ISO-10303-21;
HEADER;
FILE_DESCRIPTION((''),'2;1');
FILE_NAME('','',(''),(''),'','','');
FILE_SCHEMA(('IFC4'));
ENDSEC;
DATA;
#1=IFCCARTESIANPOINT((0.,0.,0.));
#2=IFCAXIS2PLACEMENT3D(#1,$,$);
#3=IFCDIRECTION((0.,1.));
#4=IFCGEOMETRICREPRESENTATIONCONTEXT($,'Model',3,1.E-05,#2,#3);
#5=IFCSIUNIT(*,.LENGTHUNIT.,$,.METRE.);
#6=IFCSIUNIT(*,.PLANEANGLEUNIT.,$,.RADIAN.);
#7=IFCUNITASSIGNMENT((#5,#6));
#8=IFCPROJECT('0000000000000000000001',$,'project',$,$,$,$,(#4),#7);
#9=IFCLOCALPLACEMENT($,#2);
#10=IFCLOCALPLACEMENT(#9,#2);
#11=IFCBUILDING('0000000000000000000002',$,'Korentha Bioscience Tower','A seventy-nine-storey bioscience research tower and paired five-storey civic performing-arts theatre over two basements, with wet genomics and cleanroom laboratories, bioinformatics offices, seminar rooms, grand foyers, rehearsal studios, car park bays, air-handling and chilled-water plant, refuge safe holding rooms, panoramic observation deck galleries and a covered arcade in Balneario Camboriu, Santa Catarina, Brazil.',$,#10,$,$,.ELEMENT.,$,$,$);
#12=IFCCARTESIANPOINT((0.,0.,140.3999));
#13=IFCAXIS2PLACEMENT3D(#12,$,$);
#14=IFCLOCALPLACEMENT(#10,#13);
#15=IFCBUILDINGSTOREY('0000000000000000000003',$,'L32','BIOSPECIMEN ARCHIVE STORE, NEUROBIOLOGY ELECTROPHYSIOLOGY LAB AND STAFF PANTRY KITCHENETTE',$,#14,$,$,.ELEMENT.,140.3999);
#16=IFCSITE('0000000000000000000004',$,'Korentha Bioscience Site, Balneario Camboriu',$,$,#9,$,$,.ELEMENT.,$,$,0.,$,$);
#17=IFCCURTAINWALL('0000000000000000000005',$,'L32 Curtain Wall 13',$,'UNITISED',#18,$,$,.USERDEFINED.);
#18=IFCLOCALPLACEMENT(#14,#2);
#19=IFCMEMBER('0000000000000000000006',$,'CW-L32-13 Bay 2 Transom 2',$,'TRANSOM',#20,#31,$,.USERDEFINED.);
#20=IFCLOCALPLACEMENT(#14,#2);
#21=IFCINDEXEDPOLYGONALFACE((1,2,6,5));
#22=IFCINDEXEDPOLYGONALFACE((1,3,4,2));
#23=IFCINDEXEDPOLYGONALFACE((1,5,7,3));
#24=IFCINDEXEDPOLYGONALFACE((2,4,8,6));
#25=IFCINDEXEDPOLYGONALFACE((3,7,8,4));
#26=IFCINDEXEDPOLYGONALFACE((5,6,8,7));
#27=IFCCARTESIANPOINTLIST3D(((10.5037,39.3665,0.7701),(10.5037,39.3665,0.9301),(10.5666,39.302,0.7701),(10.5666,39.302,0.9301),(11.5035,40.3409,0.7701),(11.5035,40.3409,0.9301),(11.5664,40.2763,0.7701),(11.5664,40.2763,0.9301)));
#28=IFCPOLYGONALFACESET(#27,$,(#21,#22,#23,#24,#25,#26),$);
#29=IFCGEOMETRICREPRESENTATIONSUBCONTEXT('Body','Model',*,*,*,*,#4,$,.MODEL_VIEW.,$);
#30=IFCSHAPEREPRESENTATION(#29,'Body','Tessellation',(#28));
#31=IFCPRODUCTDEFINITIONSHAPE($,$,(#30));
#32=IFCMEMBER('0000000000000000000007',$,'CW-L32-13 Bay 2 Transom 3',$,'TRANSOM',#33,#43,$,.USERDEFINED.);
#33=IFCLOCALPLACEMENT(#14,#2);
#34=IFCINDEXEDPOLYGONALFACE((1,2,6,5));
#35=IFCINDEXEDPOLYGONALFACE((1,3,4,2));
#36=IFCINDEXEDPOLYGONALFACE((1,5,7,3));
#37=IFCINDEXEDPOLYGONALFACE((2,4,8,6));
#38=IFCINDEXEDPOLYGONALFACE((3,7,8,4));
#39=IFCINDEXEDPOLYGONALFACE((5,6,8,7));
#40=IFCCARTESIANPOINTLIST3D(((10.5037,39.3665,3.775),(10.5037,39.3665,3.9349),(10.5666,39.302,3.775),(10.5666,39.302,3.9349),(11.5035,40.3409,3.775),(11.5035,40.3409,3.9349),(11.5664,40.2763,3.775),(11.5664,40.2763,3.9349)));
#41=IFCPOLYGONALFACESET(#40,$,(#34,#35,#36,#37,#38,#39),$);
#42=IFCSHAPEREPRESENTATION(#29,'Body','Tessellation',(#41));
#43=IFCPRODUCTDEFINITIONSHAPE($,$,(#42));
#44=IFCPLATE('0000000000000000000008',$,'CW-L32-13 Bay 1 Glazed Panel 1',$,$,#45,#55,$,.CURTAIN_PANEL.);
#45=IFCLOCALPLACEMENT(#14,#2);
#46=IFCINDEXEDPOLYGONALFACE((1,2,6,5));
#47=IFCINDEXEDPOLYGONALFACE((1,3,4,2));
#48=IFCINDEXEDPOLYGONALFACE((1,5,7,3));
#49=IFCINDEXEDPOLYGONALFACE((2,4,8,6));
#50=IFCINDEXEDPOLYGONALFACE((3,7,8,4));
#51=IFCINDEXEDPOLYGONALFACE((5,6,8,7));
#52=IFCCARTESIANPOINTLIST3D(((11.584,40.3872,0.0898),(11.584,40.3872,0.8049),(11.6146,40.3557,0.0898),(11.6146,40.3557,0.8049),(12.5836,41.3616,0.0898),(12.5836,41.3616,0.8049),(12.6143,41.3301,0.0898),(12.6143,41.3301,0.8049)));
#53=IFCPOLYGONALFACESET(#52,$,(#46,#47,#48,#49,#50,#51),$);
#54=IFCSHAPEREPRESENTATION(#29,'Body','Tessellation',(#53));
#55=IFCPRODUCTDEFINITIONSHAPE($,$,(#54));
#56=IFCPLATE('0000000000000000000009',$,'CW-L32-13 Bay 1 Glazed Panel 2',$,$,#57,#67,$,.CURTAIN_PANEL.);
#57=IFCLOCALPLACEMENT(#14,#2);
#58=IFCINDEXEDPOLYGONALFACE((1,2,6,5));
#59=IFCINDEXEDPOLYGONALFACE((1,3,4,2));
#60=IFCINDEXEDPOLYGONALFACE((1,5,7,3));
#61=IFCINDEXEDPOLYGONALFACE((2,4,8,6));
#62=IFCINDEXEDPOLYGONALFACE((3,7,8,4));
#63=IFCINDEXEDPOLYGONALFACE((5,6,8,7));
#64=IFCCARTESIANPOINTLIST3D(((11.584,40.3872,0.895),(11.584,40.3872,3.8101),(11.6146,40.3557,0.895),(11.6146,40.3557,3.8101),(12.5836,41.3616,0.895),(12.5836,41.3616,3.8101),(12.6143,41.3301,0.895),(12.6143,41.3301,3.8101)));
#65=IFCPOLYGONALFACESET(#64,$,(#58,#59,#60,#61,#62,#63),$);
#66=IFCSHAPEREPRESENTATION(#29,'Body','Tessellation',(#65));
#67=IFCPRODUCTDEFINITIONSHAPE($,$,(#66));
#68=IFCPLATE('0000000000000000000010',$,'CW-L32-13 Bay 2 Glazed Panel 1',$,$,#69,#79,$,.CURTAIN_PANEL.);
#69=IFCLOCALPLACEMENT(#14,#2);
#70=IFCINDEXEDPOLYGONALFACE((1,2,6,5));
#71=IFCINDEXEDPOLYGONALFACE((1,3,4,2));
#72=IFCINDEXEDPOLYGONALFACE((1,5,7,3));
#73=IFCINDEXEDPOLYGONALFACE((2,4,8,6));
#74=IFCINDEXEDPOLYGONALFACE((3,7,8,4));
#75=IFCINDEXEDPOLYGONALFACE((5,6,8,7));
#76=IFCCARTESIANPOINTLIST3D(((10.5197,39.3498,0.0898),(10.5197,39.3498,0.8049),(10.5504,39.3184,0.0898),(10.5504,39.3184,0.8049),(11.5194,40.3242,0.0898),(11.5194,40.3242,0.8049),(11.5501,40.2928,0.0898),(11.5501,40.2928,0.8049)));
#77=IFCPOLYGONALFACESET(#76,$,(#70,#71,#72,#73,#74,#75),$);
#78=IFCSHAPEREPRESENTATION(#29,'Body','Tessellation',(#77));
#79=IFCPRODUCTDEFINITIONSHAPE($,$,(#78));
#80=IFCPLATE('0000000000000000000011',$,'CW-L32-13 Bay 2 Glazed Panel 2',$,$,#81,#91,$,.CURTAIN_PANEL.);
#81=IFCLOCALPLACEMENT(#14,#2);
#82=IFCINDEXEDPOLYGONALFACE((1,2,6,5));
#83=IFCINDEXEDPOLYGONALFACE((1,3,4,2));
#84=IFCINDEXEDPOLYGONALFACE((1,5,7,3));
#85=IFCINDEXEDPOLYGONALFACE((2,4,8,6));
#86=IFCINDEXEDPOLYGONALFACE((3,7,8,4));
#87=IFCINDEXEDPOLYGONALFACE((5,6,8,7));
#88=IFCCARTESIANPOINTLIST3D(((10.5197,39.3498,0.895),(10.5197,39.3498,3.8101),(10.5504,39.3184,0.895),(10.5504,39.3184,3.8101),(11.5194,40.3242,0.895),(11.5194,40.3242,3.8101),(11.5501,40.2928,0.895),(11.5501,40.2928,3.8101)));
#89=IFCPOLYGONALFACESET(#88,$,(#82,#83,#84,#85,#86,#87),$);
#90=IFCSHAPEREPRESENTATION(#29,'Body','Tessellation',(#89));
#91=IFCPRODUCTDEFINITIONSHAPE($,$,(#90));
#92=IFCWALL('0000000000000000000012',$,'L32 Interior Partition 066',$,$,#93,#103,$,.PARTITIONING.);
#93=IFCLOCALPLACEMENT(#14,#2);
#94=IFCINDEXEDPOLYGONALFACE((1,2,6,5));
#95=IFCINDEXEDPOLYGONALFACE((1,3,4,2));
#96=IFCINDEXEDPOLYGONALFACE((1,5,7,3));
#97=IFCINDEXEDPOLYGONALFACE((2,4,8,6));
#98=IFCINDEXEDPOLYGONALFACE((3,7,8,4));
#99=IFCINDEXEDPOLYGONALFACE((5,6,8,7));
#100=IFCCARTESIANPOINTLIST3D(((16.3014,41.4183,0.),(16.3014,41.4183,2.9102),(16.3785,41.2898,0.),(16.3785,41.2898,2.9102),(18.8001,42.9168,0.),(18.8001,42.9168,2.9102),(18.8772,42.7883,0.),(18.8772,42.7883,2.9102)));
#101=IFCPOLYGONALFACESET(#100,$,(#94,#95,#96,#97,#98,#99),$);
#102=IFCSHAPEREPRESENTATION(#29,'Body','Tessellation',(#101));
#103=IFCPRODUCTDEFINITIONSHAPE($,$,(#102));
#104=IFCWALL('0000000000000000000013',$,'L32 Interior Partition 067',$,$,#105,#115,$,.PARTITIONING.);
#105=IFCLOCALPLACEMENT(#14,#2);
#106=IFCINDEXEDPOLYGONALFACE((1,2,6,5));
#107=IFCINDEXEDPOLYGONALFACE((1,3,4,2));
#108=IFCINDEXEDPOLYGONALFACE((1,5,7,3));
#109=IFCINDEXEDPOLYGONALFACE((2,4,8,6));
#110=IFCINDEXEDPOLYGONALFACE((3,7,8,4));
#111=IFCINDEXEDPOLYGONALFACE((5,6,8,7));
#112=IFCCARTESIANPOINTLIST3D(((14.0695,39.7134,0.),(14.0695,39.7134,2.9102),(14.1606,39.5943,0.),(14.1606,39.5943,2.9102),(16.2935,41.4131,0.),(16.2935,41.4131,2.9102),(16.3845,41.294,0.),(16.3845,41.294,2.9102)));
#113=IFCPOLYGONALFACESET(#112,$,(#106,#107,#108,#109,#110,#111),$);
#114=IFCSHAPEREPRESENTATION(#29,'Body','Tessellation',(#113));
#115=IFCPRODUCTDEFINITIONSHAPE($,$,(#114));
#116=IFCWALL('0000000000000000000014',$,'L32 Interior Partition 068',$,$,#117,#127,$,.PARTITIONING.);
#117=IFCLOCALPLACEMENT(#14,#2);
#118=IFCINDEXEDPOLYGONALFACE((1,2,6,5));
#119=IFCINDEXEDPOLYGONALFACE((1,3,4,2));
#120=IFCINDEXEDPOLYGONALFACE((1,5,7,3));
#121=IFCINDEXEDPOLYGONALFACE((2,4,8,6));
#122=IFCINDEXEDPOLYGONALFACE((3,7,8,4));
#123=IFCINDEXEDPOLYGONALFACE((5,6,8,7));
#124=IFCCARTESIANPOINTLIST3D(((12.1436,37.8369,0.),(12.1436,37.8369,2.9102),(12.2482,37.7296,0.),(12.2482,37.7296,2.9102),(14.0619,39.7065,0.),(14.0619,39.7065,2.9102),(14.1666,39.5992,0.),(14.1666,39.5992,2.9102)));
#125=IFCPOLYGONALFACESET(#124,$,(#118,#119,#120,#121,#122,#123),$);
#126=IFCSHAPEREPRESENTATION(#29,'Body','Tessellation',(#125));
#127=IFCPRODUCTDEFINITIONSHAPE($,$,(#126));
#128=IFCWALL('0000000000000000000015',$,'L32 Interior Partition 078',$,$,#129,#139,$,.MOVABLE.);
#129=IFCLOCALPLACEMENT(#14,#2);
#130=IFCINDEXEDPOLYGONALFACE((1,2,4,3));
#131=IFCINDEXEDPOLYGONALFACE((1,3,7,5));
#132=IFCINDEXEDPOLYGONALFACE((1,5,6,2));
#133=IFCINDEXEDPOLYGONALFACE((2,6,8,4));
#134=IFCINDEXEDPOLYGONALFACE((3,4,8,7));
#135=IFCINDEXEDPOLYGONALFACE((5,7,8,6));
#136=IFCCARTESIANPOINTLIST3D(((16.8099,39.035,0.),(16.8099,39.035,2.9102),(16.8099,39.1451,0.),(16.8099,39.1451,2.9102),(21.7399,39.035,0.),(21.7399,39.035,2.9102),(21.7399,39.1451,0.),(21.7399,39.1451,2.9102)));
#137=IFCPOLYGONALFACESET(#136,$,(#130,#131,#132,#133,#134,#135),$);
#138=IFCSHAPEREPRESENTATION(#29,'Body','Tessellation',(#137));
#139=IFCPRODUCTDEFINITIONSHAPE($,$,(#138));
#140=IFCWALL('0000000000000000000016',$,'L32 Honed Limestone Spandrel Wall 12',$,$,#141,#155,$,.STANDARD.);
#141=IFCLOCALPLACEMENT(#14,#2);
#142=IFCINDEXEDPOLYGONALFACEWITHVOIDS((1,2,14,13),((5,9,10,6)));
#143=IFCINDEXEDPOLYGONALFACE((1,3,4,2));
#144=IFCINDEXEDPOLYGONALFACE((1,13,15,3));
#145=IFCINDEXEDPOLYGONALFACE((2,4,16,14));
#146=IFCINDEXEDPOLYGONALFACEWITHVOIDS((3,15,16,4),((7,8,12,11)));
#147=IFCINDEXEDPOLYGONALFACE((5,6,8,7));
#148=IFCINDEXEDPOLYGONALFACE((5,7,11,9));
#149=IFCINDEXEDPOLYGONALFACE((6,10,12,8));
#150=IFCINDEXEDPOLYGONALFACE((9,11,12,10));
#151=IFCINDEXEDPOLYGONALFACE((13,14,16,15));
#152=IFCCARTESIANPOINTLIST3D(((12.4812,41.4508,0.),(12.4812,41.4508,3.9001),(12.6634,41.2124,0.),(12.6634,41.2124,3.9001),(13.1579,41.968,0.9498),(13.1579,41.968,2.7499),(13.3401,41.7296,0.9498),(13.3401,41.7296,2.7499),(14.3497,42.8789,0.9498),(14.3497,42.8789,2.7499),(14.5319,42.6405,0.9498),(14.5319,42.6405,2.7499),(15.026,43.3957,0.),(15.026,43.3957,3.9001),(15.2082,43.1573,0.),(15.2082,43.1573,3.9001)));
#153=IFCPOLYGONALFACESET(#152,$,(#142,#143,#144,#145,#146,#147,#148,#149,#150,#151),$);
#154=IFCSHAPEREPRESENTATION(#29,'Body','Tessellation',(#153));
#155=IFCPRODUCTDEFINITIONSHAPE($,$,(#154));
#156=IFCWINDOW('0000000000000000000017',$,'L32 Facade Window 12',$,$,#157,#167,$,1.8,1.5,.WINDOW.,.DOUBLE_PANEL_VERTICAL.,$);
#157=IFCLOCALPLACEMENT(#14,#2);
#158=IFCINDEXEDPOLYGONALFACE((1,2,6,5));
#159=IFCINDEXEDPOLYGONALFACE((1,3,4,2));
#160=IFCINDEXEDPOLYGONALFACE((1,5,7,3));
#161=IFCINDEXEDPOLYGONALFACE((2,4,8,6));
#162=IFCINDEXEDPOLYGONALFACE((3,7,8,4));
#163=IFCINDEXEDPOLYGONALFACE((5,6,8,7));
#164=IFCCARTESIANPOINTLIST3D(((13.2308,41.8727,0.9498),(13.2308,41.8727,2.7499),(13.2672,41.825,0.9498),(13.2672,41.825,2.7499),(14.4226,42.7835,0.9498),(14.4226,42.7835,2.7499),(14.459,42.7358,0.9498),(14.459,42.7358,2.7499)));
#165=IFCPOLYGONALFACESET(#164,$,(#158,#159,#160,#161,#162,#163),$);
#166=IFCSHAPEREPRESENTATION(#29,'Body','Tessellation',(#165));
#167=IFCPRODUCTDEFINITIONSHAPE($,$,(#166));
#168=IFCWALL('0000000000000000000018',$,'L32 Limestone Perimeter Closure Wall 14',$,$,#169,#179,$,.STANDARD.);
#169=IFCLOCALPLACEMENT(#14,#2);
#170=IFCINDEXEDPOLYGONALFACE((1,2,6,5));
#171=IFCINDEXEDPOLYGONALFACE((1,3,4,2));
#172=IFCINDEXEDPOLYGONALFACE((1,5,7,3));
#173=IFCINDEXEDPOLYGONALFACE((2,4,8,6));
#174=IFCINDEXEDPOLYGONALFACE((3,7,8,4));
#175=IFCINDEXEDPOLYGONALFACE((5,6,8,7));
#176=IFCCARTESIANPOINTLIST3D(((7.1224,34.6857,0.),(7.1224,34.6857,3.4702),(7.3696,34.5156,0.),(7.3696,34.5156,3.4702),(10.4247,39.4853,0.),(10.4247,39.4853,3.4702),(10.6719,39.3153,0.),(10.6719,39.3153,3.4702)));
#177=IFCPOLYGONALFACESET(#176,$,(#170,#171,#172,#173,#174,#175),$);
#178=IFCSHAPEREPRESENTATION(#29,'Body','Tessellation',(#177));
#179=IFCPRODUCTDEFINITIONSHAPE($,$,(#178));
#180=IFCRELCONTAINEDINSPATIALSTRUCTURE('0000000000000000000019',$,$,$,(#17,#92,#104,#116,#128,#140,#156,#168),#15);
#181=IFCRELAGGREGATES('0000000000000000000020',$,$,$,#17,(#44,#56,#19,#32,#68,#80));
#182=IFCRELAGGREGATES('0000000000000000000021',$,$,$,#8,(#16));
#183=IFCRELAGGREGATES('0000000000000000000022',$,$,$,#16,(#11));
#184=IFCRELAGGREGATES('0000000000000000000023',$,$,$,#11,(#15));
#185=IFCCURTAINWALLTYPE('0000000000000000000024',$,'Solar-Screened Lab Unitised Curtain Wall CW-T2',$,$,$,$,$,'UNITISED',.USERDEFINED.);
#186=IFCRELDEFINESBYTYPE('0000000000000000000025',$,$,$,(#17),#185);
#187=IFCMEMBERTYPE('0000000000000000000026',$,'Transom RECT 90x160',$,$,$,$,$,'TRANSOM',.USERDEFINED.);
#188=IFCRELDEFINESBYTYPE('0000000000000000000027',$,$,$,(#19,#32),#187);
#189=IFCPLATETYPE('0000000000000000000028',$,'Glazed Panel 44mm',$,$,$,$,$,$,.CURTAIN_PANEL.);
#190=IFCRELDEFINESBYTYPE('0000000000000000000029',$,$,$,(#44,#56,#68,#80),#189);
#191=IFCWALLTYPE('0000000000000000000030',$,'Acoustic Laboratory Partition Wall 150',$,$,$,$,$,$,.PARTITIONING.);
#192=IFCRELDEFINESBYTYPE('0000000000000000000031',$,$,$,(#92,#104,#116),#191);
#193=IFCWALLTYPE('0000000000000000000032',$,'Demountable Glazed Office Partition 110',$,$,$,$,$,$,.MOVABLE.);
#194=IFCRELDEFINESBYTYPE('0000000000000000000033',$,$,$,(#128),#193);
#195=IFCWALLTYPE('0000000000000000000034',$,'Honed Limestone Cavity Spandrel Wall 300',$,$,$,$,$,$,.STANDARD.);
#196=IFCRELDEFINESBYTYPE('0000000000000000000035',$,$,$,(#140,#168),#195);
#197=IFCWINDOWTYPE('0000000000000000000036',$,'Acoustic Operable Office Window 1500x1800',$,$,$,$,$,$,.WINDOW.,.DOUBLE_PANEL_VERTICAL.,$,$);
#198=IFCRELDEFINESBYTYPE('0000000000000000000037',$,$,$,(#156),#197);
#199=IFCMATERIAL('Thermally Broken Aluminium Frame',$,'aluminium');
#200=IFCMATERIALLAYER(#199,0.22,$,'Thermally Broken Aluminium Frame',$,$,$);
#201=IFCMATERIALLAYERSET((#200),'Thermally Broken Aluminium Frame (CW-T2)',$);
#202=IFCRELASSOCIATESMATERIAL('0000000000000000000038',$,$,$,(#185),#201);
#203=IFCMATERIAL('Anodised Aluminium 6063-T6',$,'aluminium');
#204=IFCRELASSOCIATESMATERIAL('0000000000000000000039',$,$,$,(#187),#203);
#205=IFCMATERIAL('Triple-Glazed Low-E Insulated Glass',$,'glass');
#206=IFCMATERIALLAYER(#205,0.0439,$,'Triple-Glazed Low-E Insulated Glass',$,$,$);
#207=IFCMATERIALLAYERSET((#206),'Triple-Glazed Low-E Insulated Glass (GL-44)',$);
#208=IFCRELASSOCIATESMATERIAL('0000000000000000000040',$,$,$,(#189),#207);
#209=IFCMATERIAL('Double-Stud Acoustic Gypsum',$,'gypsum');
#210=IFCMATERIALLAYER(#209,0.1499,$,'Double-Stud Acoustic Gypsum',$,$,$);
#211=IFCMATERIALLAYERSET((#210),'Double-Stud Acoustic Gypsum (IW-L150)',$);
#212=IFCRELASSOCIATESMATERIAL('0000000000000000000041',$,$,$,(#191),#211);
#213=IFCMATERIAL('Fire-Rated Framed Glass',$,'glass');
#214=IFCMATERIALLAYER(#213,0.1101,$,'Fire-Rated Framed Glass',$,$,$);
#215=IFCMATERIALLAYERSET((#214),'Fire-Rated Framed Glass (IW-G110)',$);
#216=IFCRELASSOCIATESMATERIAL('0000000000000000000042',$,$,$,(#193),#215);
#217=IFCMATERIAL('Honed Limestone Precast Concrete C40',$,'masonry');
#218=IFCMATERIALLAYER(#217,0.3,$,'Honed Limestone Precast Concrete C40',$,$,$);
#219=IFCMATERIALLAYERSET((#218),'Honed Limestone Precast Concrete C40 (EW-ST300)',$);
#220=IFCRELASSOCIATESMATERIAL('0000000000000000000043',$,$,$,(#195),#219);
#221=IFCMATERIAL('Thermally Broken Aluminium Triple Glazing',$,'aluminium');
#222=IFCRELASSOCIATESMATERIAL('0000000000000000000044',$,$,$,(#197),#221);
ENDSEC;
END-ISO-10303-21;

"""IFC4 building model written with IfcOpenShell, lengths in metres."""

from ifc_helpers import new_model, si_unit, direction, frame, frame_2d, origin, origin_2d, place, context, subcontext, project, spatial, rectangle, extrude, material, layer, layer_set, material_profile, profile_set, type_object, element, fill, aggregate, save


model = new_model("IFC4")

# Units and contexts
model_context = context("Model", 3, precision=1e-05, world=origin(), true_north=direction((0.0, 1.0)))
body_context = subcontext(model_context, "Body", "Model", "MODEL_VIEW")
ifc_project = project(units=[si_unit("LENGTHUNIT", "METRE"), si_unit("PLANEANGLEUNIT", "RADIAN")], contexts=[model_context])

# Site, building, storey
site_placement = place(None, origin())
site = spatial("IfcSite", under=ifc_project, at=site_placement, Name="Korentha Bioscience Site, Balneario Camboriu", CompositionType="ELEMENT", RefElevation=0.0)
building_placement = place(site_placement, origin())
building = spatial("IfcBuilding", under=site, at=building_placement, Name="Korentha Bioscience Tower", Description="A seventy-nine-storey bioscience research tower and paired five-storey civic performing-arts theatre over two basements, with wet genomics and cleanroom laboratories, bioinformatics offices, seminar rooms, grand foyers, rehearsal studios, car park bays, air-handling and chilled-water plant, refuge safe holding rooms, panoramic observation deck galleries and a covered arcade in Balneario Camboriu, Santa Catarina, Brazil.", CompositionType="ELEMENT")
storey_placement = place(building_placement, frame((0.0, 0.0, 140.3999)))
storey = spatial("IfcBuildingStorey", under=building, at=storey_placement, Name="L32", Description="BIOSPECIMEN ARCHIVE STORE, NEUROBIOLOGY ELECTROPHYSIOLOGY LAB AND STAFF PANTRY KITCHENETTE", CompositionType="ELEMENT", Elevation=140.3999)

# Curtain wall
ifc_material_1 = material(Name="Thermally Broken Aluminium Frame", Category="aluminium")
ifc_layer_1 = layer(ifc_material_1, 0.22, Name="Thermally Broken Aluminium Frame")
ifc_layer_set_1 = layer_set([ifc_layer_1], Name="Thermally Broken Aluminium Frame (CW-T2)")
curtain_wall_type = type_object("IfcCurtainWallType", Name="Solar-Screened Lab Unitised Curtain Wall CW-T2", ElementType="UNITISED", PredefinedType="USERDEFINED", material=ifc_layer_set_1)
curtain_wall_placement = place(storey_placement, origin())
curtain_wall = element("IfcCurtainWall", 1, at=curtain_wall_placement, inside=storey, type_object=curtain_wall_type, Name="L32 Curtain Wall 13", ObjectType="UNITISED", PredefinedType="USERDEFINED")
ifc_material_2 = material(Name="Anodised Aluminium 6063-T6", Category="aluminium")

# Members
ifc_material_profile_1 = material_profile(ifc_material_2, rectangle(XDim=0.0901, YDim=0.1599, at=origin_2d()), Name="Anodised Aluminium 6063-T6")
ifc_profile_set_1 = profile_set([ifc_material_profile_1], Name="Anodised Aluminium 6063-T6 (CW-TRN)")
member_type_1 = type_object("IfcMemberType", Name="Transom RECT 90x160", ElementType="TRANSOM", PredefinedType="USERDEFINED", material=ifc_profile_set_1)
member_1_placement = place(storey_placement, frame((11.5349, 40.3086, 0.8501), z_axis=(-0.716142, -0.697954, 0.0), x_axis=(0.697954, -0.716142, 0.0)))
member_1 = element("IfcMember", 2, at=member_1_placement, type_object=member_type_1, Name="CW-L32-13 Bay 2 Transom 2", ObjectType="TRANSOM", PredefinedType="USERDEFINED", context=body_context, shape_type="SweptSolid", body=[
    extrude(rectangle(XDim=0.0901, YDim=0.1599, at=origin_2d()), origin(), (0.0, 0.0, 1.0), 1.396),
])
member_2_placement = place(storey_placement, frame((11.5349, 40.3086, 3.855), z_axis=(-0.716142, -0.697954, 0.0), x_axis=(0.697954, -0.716142, 0.0)))
member_2 = element("IfcMember", 3, at=member_2_placement, type_object=member_type_1, Name="CW-L32-13 Bay 2 Transom 3", ObjectType="TRANSOM", PredefinedType="USERDEFINED", context=body_context, shape_type="SweptSolid", body=[
    extrude(rectangle(XDim=0.0901, YDim=0.1599, at=origin_2d()), origin(), (0.0, 0.0, 1.0), 1.396),
])

# Plates
ifc_material_3 = material(Name="Triple-Glazed Low-E Insulated Glass", Category="glass")
ifc_layer_2 = layer(ifc_material_3, 0.0439, Name="Triple-Glazed Low-E Insulated Glass")
ifc_layer_set_2 = layer_set([ifc_layer_2], Name="Triple-Glazed Low-E Insulated Glass (GL-44)")
plate_type = type_object("IfcPlateType", Name="Glazed Panel 44mm", PredefinedType="CURTAIN_PANEL", material=ifc_layer_set_2)
plate_1_placement = place(storey_placement, frame((12.0991, 40.8586, 0.0898), z_axis=(0.0, 0.0, 1.0), x_axis=(-0.716096, -0.698002, 0.0)))
plate_1 = element("IfcPlate", 4, at=plate_1_placement, type_object=plate_type, Name="CW-L32-13 Bay 1 Glazed Panel 1", PredefinedType="CURTAIN_PANEL", context=body_context, shape_type="SweptSolid", body=[
    extrude(rectangle(XDim=1.396, YDim=0.0439, at=origin_2d()), origin(), (0.0, 0.0, 1.0), 0.7151),
])
plate_2_placement = place(storey_placement, frame((12.0991, 40.8586, 0.895), z_axis=(0.0, 0.0, 1.0), x_axis=(-0.716096, -0.698002, 0.0)))
plate_2 = element("IfcPlate", 5, at=plate_2_placement, type_object=plate_type, Name="CW-L32-13 Bay 1 Glazed Panel 2", PredefinedType="CURTAIN_PANEL", context=body_context, shape_type="SweptSolid", body=[
    extrude(rectangle(XDim=1.396, YDim=0.0439, at=origin_2d()), origin(), (0.0, 0.0, 1.0), 2.915),
])
plate_3_placement = place(storey_placement, frame((11.0349, 39.8213, 0.0898), z_axis=(0.0, 0.0, 1.0), x_axis=(-0.716096, -0.698002, 0.0)))
plate_3 = element("IfcPlate", 6, at=plate_3_placement, type_object=plate_type, Name="CW-L32-13 Bay 2 Glazed Panel 1", PredefinedType="CURTAIN_PANEL", context=body_context, shape_type="SweptSolid", body=[
    extrude(rectangle(XDim=1.396, YDim=0.0439, at=origin_2d()), origin(), (0.0, 0.0, 1.0), 0.7151),
])
plate_4_placement = place(storey_placement, frame((11.0349, 39.8213, 0.895), z_axis=(0.0, 0.0, 1.0), x_axis=(-0.716096, -0.698002, 0.0)))
plate_4 = element("IfcPlate", 7, at=plate_4_placement, type_object=plate_type, Name="CW-L32-13 Bay 2 Glazed Panel 2", PredefinedType="CURTAIN_PANEL", context=body_context, shape_type="SweptSolid", body=[
    extrude(rectangle(XDim=1.396, YDim=0.0439, at=origin_2d()), origin(), (0.0, 0.0, 1.0), 2.915),
])
aggregate(curtain_wall, [plate_1, plate_2, member_1, member_2, plate_3, plate_4])

# Walls
ifc_material_4 = material(Name="Double-Stud Acoustic Gypsum", Category="gypsum")
ifc_layer_3 = layer(ifc_material_4, 0.1499, Name="Double-Stud Acoustic Gypsum")
ifc_layer_set_3 = layer_set([ifc_layer_3], Name="Double-Stud Acoustic Gypsum (IW-L150)")
wall_type_1 = type_object("IfcWallType", Name="Acoustic Laboratory Partition Wall 150", PredefinedType="PARTITIONING", material=ifc_layer_set_3)
wall_1_placement = place(storey_placement, frame((18.8386, 42.8525, 0.0), z_axis=(0.0, 0.0, 1.0), x_axis=(-0.857604, -0.514311, 0.0)))
element("IfcWall", 8, at=wall_1_placement, inside=storey, type_object=wall_type_1, Name="L32 Interior Partition 066", PredefinedType="PARTITIONING", context=body_context, shape_type="SweptSolid", body=[
    extrude(rectangle(XDim=2.9136, YDim=0.1499, at=frame_2d((1.4568, 0.0))), origin(), (0.0, 0.0, 1.0), 2.9102),
])
wall_2_placement = place(storey_placement, frame((16.3389, 41.3535, 0.0), z_axis=(0.0, 0.0, 1.0), x_axis=(-0.794514, -0.607246, 0.0)))
element("IfcWall", 9, at=wall_2_placement, inside=storey, type_object=wall_type_1, Name="L32 Interior Partition 067", PredefinedType="PARTITIONING", context=body_context, shape_type="SweptSolid", body=[
    extrude(rectangle(XDim=2.7991, YDim=0.1499, at=frame_2d((1.3994, 0.0))), origin(), (0.0, 0.0, 1.0), 2.9102),
])
wall_3_placement = place(storey_placement, frame((14.1143, 39.6528, 0.0), z_axis=(0.0, 0.0, 1.0), x_axis=(-0.716162, -0.697934, 0.0)))
element("IfcWall", 10, at=wall_3_placement, inside=storey, type_object=wall_type_1, Name="L32 Interior Partition 068", PredefinedType="PARTITIONING", context=body_context, shape_type="SweptSolid", body=[
    extrude(rectangle(XDim=2.6787, YDim=0.1499, at=frame_2d((1.3394, 0.0))), origin(), (0.0, 0.0, 1.0), 2.9102),
])
ifc_material_5 = material(Name="Fire-Rated Framed Glass", Category="glass")
ifc_layer_4 = layer(ifc_material_5, 0.1101, Name="Fire-Rated Framed Glass")
ifc_layer_set_4 = layer_set([ifc_layer_4], Name="Fire-Rated Framed Glass (IW-G110)")
wall_type_2 = type_object("IfcWallType", Name="Demountable Glazed Office Partition 110", PredefinedType="MOVABLE", material=ifc_layer_set_4)
wall_4_placement = place(storey_placement, frame((16.8101, 39.0901, 0.0), z_axis=(0.0, 0.0, 1.0), x_axis=(1.0, 0.0, 0.0)))
element("IfcWall", 11, at=wall_4_placement, inside=storey, type_object=wall_type_2, Name="L32 Interior Partition 078", PredefinedType="MOVABLE", context=body_context, shape_type="SweptSolid", body=[
    extrude(rectangle(XDim=4.9299, YDim=0.1101, at=frame_2d((2.4648, 0.0))), origin(), (0.0, 0.0, 1.0), 2.9102),
])

# Shared definitions
ifc_material_6 = material(Name="Honed Limestone Precast Concrete C40", Category="masonry")
ifc_layer_5 = layer(ifc_material_6, 0.3, Name="Honed Limestone Precast Concrete C40")
ifc_layer_set_5 = layer_set([ifc_layer_5], Name="Honed Limestone Precast Concrete C40 (EW-ST300)")
wall_type_3 = type_object("IfcWallType", Name="Honed Limestone Cavity Spandrel Wall 300", PredefinedType="STANDARD", material=ifc_layer_set_5)

# Wall, opening, window
wall_5_placement = place(storey_placement, frame((15.1172, 43.2766, 0.0), z_axis=(0.0, 0.0, 1.0), x_axis=(-0.794524, -0.607232, 0.0)))
wall_5 = element("IfcWall", 12, at=wall_5_placement, inside=storey, type_object=wall_type_3, Name="L32 Honed Limestone Spandrel Wall 12", PredefinedType="STANDARD", context=body_context, shape_type="SweptSolid", body=[
    extrude(rectangle(XDim=3.2029, YDim=0.3, at=frame_2d((1.6016, 0.0))), origin(), (0.0, 0.0, 1.0), 3.9001),
])
opening_1_placement = place(wall_5_placement, frame((0.8513, 0.0, 0.95)))
opening_1 = element("IfcOpeningElement", 13, at=opening_1_placement, cuts=wall_5, PredefinedType="OPENING", context=body_context, shape_type="SweptSolid", body=[
    extrude(rectangle(XDim=1.5, YDim=1.8, at=frame_2d((0.75, 0.8999))), frame((0.0, 0.165, 0.0), z_axis=(0.0, -1.0, 0.0), x_axis=(1.0, 0.0, 0.0)), (0.0, 0.0, 1.0), 0.3298),
])
ifc_material_7 = material(Name="Thermally Broken Aluminium Triple Glazing", Category="aluminium")
window_type = type_object("IfcWindowType", Name="Acoustic Operable Office Window 1500x1800", PartitioningType="DOUBLE_PANEL_VERTICAL", PredefinedType="WINDOW", material=ifc_material_7)
window_placement = place(opening_1_placement, origin())
window = element("IfcWindow", 14, at=window_placement, inside=storey, type_object=window_type, Name="L32 Facade Window 12", OverallHeight=1.8, OverallWidth=1.5, PartitioningType="DOUBLE_PANEL_VERTICAL", PredefinedType="WINDOW", context=body_context, shape_type="SweptSolid", body=[
    extrude(rectangle(XDim=1.5, YDim=1.8, at=frame_2d((0.75, 0.8999))), frame((0.0, 0.03, 0.0), z_axis=(0.0, -1.0, 0.0), x_axis=(1.0, 0.0, 0.0)), (0.0, 0.0, 1.0), 0.0601),
])
fill(opening_1, window)

# Wall
wall_6_placement = place(storey_placement, frame((10.5483, 39.4004, 0.0), z_axis=(0.0, 0.0, 1.0), x_axis=(-0.566826, -0.823838, 0.0)))
element("IfcWall", 15, at=wall_6_placement, inside=storey, type_object=wall_type_3, Name="L32 Limestone Perimeter Closure Wall 14", PredefinedType="STANDARD", context=body_context, shape_type="SweptSolid", body=[
    extrude(rectangle(XDim=5.8259, YDim=0.3, at=frame_2d((2.9131, 0.0))), origin(), (0.0, 0.0, 1.0), 3.4702),
])

save(model, "model.ifc")
